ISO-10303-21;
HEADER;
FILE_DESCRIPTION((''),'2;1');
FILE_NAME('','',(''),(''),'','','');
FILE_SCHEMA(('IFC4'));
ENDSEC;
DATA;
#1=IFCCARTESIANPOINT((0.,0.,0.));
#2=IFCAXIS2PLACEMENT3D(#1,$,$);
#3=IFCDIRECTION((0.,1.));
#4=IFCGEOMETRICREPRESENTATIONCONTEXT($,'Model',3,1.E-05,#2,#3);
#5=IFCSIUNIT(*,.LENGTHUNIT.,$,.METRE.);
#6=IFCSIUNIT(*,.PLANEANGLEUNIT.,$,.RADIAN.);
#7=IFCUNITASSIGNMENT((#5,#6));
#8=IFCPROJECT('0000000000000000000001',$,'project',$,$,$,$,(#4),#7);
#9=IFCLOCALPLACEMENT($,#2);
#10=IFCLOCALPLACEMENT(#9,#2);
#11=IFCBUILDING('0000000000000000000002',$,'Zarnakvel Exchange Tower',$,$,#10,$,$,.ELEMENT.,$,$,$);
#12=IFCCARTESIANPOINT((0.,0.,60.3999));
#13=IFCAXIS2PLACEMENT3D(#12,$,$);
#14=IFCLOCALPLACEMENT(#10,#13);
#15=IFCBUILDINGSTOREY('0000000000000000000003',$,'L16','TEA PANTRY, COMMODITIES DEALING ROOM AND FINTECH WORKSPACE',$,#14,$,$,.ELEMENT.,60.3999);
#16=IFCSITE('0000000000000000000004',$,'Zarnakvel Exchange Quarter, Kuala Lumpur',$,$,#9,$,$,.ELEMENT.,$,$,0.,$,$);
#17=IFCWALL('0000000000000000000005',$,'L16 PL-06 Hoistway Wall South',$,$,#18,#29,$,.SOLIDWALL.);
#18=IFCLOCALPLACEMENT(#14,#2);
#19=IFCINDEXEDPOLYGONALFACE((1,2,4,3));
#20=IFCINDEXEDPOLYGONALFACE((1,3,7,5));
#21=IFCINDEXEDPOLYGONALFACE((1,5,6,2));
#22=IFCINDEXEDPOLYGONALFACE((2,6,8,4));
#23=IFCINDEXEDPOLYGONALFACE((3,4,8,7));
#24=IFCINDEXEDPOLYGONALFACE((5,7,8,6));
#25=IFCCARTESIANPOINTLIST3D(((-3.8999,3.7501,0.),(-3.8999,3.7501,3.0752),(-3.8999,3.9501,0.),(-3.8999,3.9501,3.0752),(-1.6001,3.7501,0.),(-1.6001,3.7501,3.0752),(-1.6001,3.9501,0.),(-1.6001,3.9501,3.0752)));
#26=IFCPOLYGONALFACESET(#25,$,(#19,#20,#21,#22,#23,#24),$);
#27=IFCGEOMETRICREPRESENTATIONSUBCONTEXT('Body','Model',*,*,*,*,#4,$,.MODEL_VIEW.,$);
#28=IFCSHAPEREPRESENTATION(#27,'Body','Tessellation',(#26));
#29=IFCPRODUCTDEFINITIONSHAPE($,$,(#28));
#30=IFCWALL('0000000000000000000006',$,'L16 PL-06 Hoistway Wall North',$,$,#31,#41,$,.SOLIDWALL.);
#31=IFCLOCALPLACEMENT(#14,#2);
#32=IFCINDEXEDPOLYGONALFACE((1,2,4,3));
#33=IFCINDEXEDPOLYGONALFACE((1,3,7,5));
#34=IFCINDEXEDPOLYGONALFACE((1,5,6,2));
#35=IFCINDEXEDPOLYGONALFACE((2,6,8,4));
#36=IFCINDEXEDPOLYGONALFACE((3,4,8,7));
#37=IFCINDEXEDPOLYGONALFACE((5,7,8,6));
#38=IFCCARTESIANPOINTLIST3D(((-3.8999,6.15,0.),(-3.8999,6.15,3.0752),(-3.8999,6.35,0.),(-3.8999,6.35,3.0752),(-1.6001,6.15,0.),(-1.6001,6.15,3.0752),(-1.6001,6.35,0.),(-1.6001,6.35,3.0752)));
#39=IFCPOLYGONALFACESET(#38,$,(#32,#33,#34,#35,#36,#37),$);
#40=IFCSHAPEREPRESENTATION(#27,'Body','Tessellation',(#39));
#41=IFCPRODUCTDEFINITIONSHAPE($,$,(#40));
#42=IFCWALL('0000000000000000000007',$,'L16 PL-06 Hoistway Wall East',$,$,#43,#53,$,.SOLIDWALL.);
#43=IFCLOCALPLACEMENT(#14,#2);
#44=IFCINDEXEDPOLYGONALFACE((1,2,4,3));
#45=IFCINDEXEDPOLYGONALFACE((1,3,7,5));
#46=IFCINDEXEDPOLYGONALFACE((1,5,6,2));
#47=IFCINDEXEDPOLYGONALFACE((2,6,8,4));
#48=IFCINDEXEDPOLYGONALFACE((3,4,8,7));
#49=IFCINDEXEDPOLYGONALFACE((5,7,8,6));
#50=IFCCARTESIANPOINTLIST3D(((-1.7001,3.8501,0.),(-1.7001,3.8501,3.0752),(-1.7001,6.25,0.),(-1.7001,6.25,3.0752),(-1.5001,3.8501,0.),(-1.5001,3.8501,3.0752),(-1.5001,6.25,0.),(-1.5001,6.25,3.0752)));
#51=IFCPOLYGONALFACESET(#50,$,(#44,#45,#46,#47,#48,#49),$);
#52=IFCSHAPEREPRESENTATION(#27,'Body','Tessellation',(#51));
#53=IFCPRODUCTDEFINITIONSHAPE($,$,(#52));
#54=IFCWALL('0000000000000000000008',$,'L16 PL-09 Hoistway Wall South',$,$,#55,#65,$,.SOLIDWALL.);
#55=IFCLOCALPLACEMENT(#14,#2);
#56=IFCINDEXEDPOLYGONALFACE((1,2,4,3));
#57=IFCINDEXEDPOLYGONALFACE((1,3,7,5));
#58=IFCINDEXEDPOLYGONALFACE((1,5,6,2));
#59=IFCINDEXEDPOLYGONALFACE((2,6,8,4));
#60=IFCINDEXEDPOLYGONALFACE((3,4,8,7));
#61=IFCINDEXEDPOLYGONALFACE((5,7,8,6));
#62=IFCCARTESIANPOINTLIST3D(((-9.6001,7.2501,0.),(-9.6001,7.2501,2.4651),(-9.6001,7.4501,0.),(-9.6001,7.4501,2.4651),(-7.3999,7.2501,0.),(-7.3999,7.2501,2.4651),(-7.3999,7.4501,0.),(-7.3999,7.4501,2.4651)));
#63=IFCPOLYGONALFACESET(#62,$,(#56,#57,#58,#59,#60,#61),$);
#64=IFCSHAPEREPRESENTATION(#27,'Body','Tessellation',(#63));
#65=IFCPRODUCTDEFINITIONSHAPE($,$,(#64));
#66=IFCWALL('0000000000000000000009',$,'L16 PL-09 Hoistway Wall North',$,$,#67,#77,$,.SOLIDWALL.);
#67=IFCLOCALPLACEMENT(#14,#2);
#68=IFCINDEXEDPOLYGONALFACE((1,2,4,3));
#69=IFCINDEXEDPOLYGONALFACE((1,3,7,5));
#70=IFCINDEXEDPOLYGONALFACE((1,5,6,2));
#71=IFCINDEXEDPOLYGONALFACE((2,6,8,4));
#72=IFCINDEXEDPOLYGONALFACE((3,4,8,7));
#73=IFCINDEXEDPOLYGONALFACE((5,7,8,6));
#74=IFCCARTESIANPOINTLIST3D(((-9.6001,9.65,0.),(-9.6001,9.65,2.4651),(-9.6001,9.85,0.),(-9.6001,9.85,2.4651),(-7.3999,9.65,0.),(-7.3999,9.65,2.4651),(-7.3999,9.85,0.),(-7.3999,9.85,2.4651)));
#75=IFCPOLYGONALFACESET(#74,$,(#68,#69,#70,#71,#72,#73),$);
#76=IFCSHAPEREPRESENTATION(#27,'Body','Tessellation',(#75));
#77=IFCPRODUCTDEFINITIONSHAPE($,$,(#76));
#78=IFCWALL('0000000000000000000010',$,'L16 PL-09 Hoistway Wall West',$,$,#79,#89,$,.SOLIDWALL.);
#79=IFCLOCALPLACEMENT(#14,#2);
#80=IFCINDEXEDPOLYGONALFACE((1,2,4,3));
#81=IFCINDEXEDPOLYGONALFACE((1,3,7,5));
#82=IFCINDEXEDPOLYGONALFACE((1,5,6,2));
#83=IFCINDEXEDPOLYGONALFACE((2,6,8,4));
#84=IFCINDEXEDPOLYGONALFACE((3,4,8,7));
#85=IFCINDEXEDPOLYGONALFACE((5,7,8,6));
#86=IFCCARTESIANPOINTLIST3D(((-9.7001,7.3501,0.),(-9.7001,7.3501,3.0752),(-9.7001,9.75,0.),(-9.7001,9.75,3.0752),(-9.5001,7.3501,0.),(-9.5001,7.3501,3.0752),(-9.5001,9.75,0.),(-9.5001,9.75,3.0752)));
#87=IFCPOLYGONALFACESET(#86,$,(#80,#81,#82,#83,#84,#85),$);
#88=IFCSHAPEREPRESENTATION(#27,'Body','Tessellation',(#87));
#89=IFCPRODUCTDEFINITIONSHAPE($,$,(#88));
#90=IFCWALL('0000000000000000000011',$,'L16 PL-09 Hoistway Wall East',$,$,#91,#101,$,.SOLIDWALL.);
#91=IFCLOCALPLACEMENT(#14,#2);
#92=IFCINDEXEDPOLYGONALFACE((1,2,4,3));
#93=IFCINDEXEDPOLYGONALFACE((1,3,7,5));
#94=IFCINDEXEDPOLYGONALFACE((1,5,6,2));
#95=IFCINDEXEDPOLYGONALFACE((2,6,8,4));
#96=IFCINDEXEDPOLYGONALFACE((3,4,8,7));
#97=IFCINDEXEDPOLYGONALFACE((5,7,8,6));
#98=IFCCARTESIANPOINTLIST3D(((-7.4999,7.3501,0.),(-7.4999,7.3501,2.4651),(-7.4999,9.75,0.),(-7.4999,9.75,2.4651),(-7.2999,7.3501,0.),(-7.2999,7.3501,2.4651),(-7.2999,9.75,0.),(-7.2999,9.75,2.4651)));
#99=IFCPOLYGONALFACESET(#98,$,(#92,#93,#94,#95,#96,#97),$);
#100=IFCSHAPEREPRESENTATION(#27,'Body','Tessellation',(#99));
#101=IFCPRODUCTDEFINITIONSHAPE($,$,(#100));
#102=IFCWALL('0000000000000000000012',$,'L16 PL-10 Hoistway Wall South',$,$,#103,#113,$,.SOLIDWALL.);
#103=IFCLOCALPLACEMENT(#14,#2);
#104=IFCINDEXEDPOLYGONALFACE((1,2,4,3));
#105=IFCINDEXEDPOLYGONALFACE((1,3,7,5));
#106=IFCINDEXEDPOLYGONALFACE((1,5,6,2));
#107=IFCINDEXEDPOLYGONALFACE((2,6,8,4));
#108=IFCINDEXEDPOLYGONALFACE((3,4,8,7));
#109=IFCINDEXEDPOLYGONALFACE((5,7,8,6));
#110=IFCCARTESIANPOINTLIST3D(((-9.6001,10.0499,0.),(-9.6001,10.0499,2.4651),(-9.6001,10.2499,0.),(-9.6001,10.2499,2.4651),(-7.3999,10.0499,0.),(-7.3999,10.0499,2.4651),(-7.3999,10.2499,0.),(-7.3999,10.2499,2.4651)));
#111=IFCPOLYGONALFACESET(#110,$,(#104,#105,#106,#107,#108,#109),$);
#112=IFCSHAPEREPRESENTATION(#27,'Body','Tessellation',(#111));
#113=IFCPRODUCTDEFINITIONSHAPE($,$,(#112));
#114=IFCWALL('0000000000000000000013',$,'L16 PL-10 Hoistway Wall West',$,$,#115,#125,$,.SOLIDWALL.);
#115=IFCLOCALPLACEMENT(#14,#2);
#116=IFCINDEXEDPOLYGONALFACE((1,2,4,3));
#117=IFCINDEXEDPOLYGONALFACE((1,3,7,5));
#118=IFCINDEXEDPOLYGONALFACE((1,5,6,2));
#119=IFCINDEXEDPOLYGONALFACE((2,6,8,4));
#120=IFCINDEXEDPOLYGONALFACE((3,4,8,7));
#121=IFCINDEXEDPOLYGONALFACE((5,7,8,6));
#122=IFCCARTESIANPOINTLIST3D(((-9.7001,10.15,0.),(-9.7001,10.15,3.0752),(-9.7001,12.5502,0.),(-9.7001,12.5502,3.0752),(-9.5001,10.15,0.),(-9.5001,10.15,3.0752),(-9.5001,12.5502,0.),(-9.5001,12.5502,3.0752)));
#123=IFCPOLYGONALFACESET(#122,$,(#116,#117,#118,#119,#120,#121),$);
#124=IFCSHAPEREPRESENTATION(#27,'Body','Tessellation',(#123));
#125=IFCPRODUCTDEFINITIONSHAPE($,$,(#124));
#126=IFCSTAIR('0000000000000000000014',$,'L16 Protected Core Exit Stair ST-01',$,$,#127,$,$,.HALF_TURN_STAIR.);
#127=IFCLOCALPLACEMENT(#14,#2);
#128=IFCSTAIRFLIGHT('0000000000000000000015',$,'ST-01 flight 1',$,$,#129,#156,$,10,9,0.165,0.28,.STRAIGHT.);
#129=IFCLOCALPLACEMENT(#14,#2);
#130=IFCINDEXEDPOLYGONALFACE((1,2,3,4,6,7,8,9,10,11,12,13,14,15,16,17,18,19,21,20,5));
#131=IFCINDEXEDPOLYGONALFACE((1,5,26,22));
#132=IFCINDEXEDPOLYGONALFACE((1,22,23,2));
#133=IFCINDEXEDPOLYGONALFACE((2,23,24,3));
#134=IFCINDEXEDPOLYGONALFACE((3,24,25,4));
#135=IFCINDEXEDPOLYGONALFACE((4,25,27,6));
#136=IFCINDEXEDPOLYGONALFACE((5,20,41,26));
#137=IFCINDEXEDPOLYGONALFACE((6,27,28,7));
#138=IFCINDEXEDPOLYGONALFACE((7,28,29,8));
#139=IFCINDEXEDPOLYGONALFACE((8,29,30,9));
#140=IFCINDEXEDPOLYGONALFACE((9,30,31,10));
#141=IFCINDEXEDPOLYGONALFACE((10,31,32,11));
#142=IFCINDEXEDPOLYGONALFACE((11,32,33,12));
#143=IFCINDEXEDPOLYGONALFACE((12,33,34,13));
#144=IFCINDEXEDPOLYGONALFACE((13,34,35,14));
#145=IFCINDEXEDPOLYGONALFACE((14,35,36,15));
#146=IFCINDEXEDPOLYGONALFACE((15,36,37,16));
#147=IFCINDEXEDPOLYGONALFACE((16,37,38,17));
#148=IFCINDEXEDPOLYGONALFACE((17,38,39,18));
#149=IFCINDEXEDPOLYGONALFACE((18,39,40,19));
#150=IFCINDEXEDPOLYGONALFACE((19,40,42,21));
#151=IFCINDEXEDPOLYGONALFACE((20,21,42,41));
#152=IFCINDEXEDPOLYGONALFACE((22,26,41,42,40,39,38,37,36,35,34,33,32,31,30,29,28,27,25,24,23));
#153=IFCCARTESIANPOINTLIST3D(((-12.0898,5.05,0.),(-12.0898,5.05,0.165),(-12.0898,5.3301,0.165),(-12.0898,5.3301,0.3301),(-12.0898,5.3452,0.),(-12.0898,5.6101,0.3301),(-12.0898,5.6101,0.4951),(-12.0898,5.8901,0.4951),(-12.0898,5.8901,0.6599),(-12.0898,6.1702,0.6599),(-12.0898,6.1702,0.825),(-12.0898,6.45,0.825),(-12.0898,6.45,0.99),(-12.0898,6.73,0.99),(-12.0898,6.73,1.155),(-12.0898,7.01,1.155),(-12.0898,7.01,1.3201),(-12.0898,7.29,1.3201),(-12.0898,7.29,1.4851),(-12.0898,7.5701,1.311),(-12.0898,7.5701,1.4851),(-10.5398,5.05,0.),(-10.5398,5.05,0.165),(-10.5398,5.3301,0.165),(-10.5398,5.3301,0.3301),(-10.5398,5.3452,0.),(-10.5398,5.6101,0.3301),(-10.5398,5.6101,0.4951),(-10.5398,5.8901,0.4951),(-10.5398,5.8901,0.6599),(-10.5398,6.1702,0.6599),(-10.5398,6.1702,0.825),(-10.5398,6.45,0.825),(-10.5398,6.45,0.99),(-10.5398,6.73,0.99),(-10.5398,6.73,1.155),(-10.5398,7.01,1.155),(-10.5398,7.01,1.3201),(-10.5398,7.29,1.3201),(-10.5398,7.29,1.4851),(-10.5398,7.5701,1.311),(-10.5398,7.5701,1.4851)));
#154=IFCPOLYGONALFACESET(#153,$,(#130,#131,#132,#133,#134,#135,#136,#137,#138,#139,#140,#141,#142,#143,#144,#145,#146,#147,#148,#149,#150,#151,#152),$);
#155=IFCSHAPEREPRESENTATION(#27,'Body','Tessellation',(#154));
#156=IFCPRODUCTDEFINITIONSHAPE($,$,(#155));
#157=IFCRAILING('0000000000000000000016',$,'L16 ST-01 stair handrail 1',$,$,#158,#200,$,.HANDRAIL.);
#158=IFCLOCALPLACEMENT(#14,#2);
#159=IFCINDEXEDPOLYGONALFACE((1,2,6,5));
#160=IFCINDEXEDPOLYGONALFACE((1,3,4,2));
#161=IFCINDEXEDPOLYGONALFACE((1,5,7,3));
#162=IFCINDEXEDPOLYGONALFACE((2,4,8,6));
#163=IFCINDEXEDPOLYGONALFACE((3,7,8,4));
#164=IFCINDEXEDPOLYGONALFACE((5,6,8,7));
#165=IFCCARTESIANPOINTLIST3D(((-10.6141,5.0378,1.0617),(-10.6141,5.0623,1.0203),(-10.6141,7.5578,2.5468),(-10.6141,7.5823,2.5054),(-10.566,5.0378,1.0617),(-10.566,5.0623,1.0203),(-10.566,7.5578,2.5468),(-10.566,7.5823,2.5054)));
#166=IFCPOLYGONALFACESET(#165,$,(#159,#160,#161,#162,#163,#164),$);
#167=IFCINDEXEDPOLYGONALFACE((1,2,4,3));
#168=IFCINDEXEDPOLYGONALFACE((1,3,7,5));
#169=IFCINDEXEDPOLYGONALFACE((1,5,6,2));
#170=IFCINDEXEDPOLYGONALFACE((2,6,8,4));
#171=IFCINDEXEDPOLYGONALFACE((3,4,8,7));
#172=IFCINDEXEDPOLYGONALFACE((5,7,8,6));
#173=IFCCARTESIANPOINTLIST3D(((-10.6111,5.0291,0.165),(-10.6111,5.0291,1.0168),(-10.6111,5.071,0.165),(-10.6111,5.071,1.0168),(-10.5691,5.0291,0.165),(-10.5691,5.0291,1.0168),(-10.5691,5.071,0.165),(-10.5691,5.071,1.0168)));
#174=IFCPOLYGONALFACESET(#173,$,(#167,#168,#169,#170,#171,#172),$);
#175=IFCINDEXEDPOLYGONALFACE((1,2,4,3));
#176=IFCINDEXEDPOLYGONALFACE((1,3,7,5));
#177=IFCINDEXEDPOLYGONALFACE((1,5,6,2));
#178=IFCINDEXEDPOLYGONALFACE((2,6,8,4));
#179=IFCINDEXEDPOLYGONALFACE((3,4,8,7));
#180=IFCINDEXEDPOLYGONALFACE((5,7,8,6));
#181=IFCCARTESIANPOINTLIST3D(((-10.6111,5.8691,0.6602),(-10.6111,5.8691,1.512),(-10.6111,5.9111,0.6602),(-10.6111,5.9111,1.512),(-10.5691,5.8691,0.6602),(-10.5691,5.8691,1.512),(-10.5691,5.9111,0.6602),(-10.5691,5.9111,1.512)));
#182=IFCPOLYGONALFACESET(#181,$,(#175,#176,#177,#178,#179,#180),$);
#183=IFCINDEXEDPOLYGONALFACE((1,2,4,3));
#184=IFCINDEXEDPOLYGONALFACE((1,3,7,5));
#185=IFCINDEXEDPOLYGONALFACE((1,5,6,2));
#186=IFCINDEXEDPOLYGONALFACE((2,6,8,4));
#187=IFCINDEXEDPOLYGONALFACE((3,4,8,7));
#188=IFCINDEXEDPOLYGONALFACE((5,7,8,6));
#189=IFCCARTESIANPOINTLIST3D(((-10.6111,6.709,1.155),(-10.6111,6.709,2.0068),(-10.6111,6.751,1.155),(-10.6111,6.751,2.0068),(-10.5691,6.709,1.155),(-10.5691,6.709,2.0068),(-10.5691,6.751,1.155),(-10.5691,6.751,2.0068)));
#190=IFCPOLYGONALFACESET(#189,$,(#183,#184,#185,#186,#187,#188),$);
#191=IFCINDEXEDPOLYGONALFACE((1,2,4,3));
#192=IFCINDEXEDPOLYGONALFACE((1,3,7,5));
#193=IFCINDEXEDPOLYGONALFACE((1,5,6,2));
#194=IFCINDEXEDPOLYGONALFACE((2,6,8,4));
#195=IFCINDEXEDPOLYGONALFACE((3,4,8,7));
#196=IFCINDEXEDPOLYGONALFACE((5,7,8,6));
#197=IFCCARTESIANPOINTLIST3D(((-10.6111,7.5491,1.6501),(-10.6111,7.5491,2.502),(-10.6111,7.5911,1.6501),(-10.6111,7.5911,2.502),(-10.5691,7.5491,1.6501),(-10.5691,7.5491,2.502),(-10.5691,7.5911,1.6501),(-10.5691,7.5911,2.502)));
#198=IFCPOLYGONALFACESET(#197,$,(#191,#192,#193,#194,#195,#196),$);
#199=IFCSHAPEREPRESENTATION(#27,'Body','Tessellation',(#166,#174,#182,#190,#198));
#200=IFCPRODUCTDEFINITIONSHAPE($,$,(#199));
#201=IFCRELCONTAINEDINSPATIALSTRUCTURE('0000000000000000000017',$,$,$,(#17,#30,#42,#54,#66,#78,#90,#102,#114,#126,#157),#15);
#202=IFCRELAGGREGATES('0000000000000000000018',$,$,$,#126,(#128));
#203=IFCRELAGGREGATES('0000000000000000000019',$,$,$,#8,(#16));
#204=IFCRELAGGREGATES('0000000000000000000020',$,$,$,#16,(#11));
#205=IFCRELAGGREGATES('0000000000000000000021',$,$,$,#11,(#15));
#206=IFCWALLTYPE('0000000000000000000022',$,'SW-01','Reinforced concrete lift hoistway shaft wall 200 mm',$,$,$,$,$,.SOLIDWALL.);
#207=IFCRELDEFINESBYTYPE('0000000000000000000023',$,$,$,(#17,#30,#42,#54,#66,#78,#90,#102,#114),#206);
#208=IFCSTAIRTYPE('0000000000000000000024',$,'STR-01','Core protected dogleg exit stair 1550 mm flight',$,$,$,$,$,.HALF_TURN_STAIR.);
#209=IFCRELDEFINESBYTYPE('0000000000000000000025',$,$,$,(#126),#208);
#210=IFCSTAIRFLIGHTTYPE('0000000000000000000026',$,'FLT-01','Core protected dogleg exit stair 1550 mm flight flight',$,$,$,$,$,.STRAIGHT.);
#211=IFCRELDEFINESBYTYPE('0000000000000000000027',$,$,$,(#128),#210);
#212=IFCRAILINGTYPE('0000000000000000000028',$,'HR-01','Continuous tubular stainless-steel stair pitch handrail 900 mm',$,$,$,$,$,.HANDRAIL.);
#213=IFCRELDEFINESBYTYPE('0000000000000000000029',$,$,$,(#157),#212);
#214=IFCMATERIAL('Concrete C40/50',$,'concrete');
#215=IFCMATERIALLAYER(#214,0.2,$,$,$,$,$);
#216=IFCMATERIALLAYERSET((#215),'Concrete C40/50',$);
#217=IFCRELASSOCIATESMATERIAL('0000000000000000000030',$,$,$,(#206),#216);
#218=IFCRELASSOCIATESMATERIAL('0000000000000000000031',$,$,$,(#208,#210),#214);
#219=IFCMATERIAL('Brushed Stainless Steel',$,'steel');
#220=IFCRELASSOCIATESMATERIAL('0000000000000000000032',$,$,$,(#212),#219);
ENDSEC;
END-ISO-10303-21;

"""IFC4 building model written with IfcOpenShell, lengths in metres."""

from ifc_helpers import new_model, si_unit, direction, frame, frame_2d, origin, origin_2d, place, context, subcontext, project, spatial, polyline, rectangle, outline, extrude, material, layer, layer_set, type_object, element, aggregate, save


model = new_model("IFC4")

# Units and contexts
model_context = context("Model", 3, precision=1e-05, world=origin(), true_north=direction((0.0, 1.0)))
body_context = subcontext(model_context, "Body", "Model", "MODEL_VIEW")
ifc_project = project(units=[si_unit("LENGTHUNIT", "METRE"), si_unit("PLANEANGLEUNIT", "RADIAN")], contexts=[model_context])

# Site, building, storey
site_placement = place(None, origin())
site = spatial("IfcSite", under=ifc_project, at=site_placement, Name="Zarnakvel Exchange Quarter, Kuala Lumpur", CompositionType="ELEMENT", RefElevation=0.0)
building_placement = place(site_placement, origin())
building = spatial("IfcBuilding", under=site, at=building_placement, Name="Zarnakvel Exchange Tower", CompositionType="ELEMENT")
storey_placement = place(building_placement, frame((0.0, 0.0, 60.3999)))
storey = spatial("IfcBuildingStorey", under=building, at=storey_placement, Name="L16", Description="TEA PANTRY, COMMODITIES DEALING ROOM AND FINTECH WORKSPACE", CompositionType="ELEMENT", Elevation=60.3999)

# Shared definitions
ifc_material_1 = material(Name="Concrete C40/50", Category="concrete")
ifc_layer_1 = layer(ifc_material_1, 0.2)
ifc_layer_set_1 = layer_set([ifc_layer_1], Name="Concrete C40/50")
wall_type_1 = type_object("IfcWallType", Name="SW-01", Description="Reinforced concrete lift hoistway shaft wall 200 mm", PredefinedType="SOLIDWALL", material=ifc_layer_set_1)
ifc_material_2 = material(Name="Brushed Stainless Steel", Category="steel")

# Walls
for number, where, z_axis, x_axis, name in (
    (1, (-1.6001, 3.8501, 0.0), (0.0, 0.0, 1.0), (-1.0, 0.0, 0.0), "L16 PL-06 Hoistway Wall South"),
    (2, (-3.8999, 6.25, 0.0), (0.0, 0.0, 1.0), (1.0, 0.0, 0.0), "L16 PL-06 Hoistway Wall North"),
):
    element("IfcWall", number, at=place(storey_placement, frame(where, z_axis=z_axis, x_axis=x_axis)), inside=storey, type_object=wall_type_1, Name=name, PredefinedType="SOLIDWALL", context=body_context, shape_type="SweptSolid", body=[
        extrude(rectangle(XDim=2.2998, YDim=0.2, at=frame_2d((1.1499, 0.0))), origin(), (0.0, 0.0, 1.0), 3.0752),
    ])
wall_1_placement = place(storey_placement, frame((-1.6001, 6.25, 0.0), z_axis=(0.0, 0.0, 1.0), x_axis=(0.0, -1.0, 0.0)))
element("IfcWall", 3, at=wall_1_placement, inside=storey, type_object=wall_type_1, Name="L16 PL-06 Hoistway Wall East", PredefinedType="SOLIDWALL", context=body_context, shape_type="SweptSolid", body=[
    extrude(rectangle(XDim=2.3999, YDim=0.2, at=frame_2d((1.2, 0.0))), origin(), (0.0, 0.0, 1.0), 3.0752),
])
for number, where, z_axis, x_axis, name in (
    (4, (-7.3999, 7.3501, 0.0), (0.0, 0.0, 1.0), (-1.0, 0.0, 0.0), "L16 PL-09 Hoistway Wall South"),
    (5, (-9.6001, 9.75, 0.0), (0.0, 0.0, 1.0), (1.0, 0.0, 0.0), "L16 PL-09 Hoistway Wall North"),
):
    element("IfcWall", number, at=place(storey_placement, frame(where, z_axis=z_axis, x_axis=x_axis)), inside=storey, type_object=wall_type_1, Name=name, PredefinedType="SOLIDWALL", context=body_context, shape_type="SweptSolid", body=[
        extrude(rectangle(XDim=2.2002, YDim=0.2, at=frame_2d((1.1001, 0.0))), origin(), (0.0, 0.0, 1.0), 2.4651),
    ])
wall_2_placement = place(storey_placement, frame((-9.6001, 7.3501, 0.0), z_axis=(0.0, 0.0, 1.0), x_axis=(0.0, 1.0, 0.0)))
element("IfcWall", 6, at=wall_2_placement, inside=storey, type_object=wall_type_1, Name="L16 PL-09 Hoistway Wall West", PredefinedType="SOLIDWALL", context=body_context, shape_type="SweptSolid", body=[
    extrude(rectangle(XDim=2.3999, YDim=0.2, at=frame_2d((1.2, 0.0))), origin(), (0.0, 0.0, 1.0), 3.0752),
])
wall_3_placement = place(storey_placement, frame((-7.3999, 9.75, 0.0), z_axis=(0.0, 0.0, 1.0), x_axis=(0.0, -1.0, 0.0)))
element("IfcWall", 7, at=wall_3_placement, inside=storey, type_object=wall_type_1, Name="L16 PL-09 Hoistway Wall East", PredefinedType="SOLIDWALL", context=body_context, shape_type="SweptSolid", body=[
    extrude(rectangle(XDim=2.3999, YDim=0.2, at=frame_2d((1.2, 0.0))), origin(), (0.0, 0.0, 1.0), 2.4651),
])
wall_4_placement = place(storey_placement, frame((-7.3999, 10.1499, 0.0), z_axis=(0.0, 0.0, 1.0), x_axis=(-1.0, 0.0, 0.0)))
element("IfcWall", 8, at=wall_4_placement, inside=storey, type_object=wall_type_1, Name="L16 PL-10 Hoistway Wall South", PredefinedType="SOLIDWALL", context=body_context, shape_type="SweptSolid", body=[
    extrude(rectangle(XDim=2.2002, YDim=0.2, at=frame_2d((1.1001, 0.0))), origin(), (0.0, 0.0, 1.0), 2.4651),
])
wall_5_placement = place(storey_placement, frame((-9.6001, 10.1499, 0.0), z_axis=(0.0, 0.0, 1.0), x_axis=(0.0, 1.0, 0.0)))
element("IfcWall", 9, at=wall_5_placement, inside=storey, type_object=wall_type_1, Name="L16 PL-10 Hoistway Wall West", PredefinedType="SOLIDWALL", context=body_context, shape_type="SweptSolid", body=[
    extrude(rectangle(XDim=2.4001, YDim=0.2, at=frame_2d((1.2002, 0.0))), origin(), (0.0, 0.0, 1.0), 3.0752),
])

# Stair, stair flight
stair_type = type_object("IfcStairType", Name="STR-01", Description="Core protected dogleg exit stair 1550 mm flight", PredefinedType="HALF_TURN_STAIR", material=ifc_material_1)
stair_placement = place(storey_placement, origin())
stair = element("IfcStair", 10, at=stair_placement, inside=storey, type_object=stair_type, Name="L16 Protected Core Exit Stair ST-01", PredefinedType="HALF_TURN_STAIR")
stair_flight_type = type_object("IfcStairFlightType", Name="FLT-01", Description="Core protected dogleg exit stair 1550 mm flight flight", PredefinedType="STRAIGHT", material=ifc_material_1)
stair_flight_placement = place(storey_placement, frame((-11.3149, 5.05, 0.0), z_axis=(0.0, 0.0, 1.0), x_axis=(0.0, 1.0, 0.0)))
stair_flight = element("IfcStairFlight", 11, at=stair_flight_placement, type_object=stair_flight_type, Name="ST-01 flight 1", NumberOfRisers=10, NumberOfTreads=9, PredefinedType="STRAIGHT", RiserHeight=0.165, TreadLength=0.28, context=body_context, shape_type="SweptSolid", body=[
    extrude(outline(polyline([(0.0, 0.0), (0.0, 0.165), (0.28, 0.165), (0.28, 0.3301), (0.5601, 0.3301), (0.5601, 0.4951), (0.8401, 0.4951), (0.8401, 0.6599), (1.1201, 0.6599), (1.1201, 0.825), (1.3999, 0.825), (1.3999, 0.99), (1.6799, 0.99), (1.6799, 1.155), (1.96, 1.155), (1.96, 1.3201), (2.24, 1.3201), (2.24, 1.4851), (2.52, 1.4851), (2.52, 1.6499), (2.52, 1.311), (0.2952, 0.0), (0.0, 0.0)])), frame((0.0, 0.7749, 0.0), z_axis=(0.0, -1.0, 0.0), x_axis=(1.0, 0.0, 0.0)), (0.0, 0.0, 1.0), 1.55),
])
aggregate(stair, [stair_flight])

# Railing
railing_type_1 = type_object("IfcRailingType", Name="HR-01", Description="Continuous tubular stainless-steel stair pitch handrail 900 mm", PredefinedType="HANDRAIL", material=ifc_material_2)
railing_1_placement = place(storey_placement, frame((-10.5901, 5.05, 0.165)))
element("IfcRailing", 12, at=railing_1_placement, inside=storey, type_object=railing_type_1, Name="L16 ST-01 stair handrail 1", PredefinedType="HANDRAIL", context=body_context, shape_type="SweptSolid", body=[
    extrude(rectangle(XDim=0.0481, YDim=0.0481, at=origin_2d()), frame((0.0, 0.0, 0.876), z_axis=(0.0, 0.861524, 0.507717), x_axis=(-1.0, 0.0, 0.0)), (0.0, 0.0, 1.0), 2.925),
    extrude(rectangle(XDim=0.042, YDim=0.042, at=origin_2d()), origin(), (0.0, 0.0, 1.0), 0.8518),
    extrude(rectangle(XDim=0.042, YDim=0.042, at=origin_2d()), frame((0.0, 0.8401, 0.4951)), (0.0, 0.0, 1.0), 0.8518),
    extrude(rectangle(XDim=0.042, YDim=0.042, at=origin_2d()), frame((0.0, 1.6799, 0.99)), (0.0, 0.0, 1.0), 0.8518),
    extrude(rectangle(XDim=0.042, YDim=0.042, at=origin_2d()), frame((0.0, 2.52, 1.4851)), (0.0, 0.0, 1.0), 0.8518),
])

save(model, "model.ifc")
